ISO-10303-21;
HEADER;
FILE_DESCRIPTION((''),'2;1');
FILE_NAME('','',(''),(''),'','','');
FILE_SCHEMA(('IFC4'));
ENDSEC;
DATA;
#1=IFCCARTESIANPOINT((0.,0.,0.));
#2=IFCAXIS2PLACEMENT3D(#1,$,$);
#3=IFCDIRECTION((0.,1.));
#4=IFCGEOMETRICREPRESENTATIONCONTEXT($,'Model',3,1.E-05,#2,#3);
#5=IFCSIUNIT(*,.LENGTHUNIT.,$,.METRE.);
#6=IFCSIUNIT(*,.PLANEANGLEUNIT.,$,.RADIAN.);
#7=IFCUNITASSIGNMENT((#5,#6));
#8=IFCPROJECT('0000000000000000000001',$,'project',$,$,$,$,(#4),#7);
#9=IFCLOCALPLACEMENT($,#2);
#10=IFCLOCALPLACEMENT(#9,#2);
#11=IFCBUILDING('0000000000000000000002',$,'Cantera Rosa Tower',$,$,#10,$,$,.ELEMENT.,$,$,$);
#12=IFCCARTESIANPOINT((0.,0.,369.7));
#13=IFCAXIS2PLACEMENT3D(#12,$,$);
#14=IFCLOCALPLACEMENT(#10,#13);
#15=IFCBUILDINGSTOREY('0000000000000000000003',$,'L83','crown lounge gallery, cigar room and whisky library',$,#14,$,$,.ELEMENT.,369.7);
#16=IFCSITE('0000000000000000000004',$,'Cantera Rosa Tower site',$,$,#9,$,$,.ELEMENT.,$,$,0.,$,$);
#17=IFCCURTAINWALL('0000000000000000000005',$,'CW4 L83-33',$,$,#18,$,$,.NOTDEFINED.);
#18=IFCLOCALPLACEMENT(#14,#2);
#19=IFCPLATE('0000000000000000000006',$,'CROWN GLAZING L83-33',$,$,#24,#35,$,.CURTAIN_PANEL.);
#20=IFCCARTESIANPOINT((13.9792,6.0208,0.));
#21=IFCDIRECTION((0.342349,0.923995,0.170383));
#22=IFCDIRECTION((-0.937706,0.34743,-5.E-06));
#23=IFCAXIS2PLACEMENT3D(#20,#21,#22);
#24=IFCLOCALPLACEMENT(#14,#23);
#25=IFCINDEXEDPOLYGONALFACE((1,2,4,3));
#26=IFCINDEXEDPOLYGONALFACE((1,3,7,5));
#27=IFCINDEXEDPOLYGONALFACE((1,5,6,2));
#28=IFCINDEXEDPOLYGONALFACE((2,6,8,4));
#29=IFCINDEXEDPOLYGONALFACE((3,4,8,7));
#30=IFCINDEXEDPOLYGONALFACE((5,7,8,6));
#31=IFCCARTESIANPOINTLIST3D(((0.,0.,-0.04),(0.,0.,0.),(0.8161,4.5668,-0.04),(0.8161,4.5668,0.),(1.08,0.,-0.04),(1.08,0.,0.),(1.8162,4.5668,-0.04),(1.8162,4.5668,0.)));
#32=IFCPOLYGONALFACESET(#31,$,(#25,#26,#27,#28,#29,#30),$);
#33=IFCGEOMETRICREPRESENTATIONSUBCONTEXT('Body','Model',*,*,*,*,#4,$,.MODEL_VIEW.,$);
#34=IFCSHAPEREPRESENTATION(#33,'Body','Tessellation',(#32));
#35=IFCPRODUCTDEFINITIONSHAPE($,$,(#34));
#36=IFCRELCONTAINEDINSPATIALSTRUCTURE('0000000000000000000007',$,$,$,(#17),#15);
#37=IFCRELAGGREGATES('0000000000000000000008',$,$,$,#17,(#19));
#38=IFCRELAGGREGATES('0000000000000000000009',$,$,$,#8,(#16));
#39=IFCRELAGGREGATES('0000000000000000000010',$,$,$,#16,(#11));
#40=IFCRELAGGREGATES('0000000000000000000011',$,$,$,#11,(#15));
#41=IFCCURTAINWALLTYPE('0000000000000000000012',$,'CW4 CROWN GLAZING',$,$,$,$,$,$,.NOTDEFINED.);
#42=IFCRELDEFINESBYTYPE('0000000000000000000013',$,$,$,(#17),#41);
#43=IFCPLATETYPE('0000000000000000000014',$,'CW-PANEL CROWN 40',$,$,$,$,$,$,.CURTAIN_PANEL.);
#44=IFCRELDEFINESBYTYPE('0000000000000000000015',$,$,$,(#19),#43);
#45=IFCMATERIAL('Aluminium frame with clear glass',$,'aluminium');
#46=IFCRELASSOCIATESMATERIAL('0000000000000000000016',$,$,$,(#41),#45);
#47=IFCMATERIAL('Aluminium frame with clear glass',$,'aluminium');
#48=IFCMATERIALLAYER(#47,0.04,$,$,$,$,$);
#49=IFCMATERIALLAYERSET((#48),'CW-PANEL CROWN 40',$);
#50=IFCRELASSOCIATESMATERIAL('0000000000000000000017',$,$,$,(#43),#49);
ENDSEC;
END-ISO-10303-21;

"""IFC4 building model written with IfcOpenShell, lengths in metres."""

from ifc_helpers import new_model, si_unit, direction, frame, origin, place, context, subcontext, project, spatial, polyline, outline, extrude, material, layer, layer_set, type_object, element, aggregate, save


model = new_model("IFC4")

# Units and contexts
model_context = context("Model", 3, precision=1e-05, world=origin(), true_north=direction((0.0, 1.0)))
body_context = subcontext(model_context, "Body", "Model", "MODEL_VIEW")
ifc_project = project(units=[si_unit("LENGTHUNIT", "METRE"), si_unit("PLANEANGLEUNIT", "RADIAN")], contexts=[model_context])

# Site, building, storey
site_placement = place(None, origin())
site = spatial("IfcSite", under=ifc_project, at=site_placement, Name="Cantera Rosa Tower site", CompositionType="ELEMENT", RefElevation=0.0)
building_placement = place(site_placement, origin())
building = spatial("IfcBuilding", under=site, at=building_placement, Name="Cantera Rosa Tower", CompositionType="ELEMENT")
storey_placement = place(building_placement, frame((0.0, 0.0, 369.7)))
storey = spatial("IfcBuildingStorey", under=building, at=storey_placement, Name="L83", Description="crown lounge gallery, cigar room and whisky library", CompositionType="ELEMENT", Elevation=369.7)

# Curtain wall
ifc_material_1 = material(Name="Aluminium frame with clear glass", Category="aluminium")
curtain_wall_type = type_object("IfcCurtainWallType", Name="CW4 CROWN GLAZING", PredefinedType="NOTDEFINED", material=ifc_material_1)
curtain_wall_1_placement = place(storey_placement, origin())
curtain_wall_1 = element("IfcCurtainWall", 1, at=curtain_wall_1_placement, inside=storey, type_object=curtain_wall_type, Name="CW4 L83-33", PredefinedType="NOTDEFINED")

# Plate
ifc_material_2 = material(Name="Aluminium frame with clear glass", Category="aluminium")
ifc_layer_1 = layer(ifc_material_2, 0.04)
ifc_layer_set_1 = layer_set([ifc_layer_1], Name="CW-PANEL CROWN 40")
plate_type = type_object("IfcPlateType", Name="CW-PANEL CROWN 40", PredefinedType="CURTAIN_PANEL", material=ifc_layer_set_1)
plate_1_placement = place(storey_placement, frame((13.9792, 6.0208, 0.0), z_axis=(0.342349, 0.923995, 0.170383), x_axis=(-0.937706, 0.34743, -0.000005)))
plate_1 = element("IfcPlate", 2, at=plate_1_placement, type_object=plate_type, Name="CROWN GLAZING L83-33", PredefinedType="CURTAIN_PANEL", context=body_context, shape_type="SweptSolid", body=[
    extrude(outline(polyline([(0.0, 0.0), (1.08, 0.0), (1.8162, 4.5668), (0.8161, 4.5668), (0.0, 0.0)])), origin(), (0.0, 0.0, -1.0), 0.04),
])

aggregate(curtain_wall_1, [plate_1])

save(model, "model.ifc")
